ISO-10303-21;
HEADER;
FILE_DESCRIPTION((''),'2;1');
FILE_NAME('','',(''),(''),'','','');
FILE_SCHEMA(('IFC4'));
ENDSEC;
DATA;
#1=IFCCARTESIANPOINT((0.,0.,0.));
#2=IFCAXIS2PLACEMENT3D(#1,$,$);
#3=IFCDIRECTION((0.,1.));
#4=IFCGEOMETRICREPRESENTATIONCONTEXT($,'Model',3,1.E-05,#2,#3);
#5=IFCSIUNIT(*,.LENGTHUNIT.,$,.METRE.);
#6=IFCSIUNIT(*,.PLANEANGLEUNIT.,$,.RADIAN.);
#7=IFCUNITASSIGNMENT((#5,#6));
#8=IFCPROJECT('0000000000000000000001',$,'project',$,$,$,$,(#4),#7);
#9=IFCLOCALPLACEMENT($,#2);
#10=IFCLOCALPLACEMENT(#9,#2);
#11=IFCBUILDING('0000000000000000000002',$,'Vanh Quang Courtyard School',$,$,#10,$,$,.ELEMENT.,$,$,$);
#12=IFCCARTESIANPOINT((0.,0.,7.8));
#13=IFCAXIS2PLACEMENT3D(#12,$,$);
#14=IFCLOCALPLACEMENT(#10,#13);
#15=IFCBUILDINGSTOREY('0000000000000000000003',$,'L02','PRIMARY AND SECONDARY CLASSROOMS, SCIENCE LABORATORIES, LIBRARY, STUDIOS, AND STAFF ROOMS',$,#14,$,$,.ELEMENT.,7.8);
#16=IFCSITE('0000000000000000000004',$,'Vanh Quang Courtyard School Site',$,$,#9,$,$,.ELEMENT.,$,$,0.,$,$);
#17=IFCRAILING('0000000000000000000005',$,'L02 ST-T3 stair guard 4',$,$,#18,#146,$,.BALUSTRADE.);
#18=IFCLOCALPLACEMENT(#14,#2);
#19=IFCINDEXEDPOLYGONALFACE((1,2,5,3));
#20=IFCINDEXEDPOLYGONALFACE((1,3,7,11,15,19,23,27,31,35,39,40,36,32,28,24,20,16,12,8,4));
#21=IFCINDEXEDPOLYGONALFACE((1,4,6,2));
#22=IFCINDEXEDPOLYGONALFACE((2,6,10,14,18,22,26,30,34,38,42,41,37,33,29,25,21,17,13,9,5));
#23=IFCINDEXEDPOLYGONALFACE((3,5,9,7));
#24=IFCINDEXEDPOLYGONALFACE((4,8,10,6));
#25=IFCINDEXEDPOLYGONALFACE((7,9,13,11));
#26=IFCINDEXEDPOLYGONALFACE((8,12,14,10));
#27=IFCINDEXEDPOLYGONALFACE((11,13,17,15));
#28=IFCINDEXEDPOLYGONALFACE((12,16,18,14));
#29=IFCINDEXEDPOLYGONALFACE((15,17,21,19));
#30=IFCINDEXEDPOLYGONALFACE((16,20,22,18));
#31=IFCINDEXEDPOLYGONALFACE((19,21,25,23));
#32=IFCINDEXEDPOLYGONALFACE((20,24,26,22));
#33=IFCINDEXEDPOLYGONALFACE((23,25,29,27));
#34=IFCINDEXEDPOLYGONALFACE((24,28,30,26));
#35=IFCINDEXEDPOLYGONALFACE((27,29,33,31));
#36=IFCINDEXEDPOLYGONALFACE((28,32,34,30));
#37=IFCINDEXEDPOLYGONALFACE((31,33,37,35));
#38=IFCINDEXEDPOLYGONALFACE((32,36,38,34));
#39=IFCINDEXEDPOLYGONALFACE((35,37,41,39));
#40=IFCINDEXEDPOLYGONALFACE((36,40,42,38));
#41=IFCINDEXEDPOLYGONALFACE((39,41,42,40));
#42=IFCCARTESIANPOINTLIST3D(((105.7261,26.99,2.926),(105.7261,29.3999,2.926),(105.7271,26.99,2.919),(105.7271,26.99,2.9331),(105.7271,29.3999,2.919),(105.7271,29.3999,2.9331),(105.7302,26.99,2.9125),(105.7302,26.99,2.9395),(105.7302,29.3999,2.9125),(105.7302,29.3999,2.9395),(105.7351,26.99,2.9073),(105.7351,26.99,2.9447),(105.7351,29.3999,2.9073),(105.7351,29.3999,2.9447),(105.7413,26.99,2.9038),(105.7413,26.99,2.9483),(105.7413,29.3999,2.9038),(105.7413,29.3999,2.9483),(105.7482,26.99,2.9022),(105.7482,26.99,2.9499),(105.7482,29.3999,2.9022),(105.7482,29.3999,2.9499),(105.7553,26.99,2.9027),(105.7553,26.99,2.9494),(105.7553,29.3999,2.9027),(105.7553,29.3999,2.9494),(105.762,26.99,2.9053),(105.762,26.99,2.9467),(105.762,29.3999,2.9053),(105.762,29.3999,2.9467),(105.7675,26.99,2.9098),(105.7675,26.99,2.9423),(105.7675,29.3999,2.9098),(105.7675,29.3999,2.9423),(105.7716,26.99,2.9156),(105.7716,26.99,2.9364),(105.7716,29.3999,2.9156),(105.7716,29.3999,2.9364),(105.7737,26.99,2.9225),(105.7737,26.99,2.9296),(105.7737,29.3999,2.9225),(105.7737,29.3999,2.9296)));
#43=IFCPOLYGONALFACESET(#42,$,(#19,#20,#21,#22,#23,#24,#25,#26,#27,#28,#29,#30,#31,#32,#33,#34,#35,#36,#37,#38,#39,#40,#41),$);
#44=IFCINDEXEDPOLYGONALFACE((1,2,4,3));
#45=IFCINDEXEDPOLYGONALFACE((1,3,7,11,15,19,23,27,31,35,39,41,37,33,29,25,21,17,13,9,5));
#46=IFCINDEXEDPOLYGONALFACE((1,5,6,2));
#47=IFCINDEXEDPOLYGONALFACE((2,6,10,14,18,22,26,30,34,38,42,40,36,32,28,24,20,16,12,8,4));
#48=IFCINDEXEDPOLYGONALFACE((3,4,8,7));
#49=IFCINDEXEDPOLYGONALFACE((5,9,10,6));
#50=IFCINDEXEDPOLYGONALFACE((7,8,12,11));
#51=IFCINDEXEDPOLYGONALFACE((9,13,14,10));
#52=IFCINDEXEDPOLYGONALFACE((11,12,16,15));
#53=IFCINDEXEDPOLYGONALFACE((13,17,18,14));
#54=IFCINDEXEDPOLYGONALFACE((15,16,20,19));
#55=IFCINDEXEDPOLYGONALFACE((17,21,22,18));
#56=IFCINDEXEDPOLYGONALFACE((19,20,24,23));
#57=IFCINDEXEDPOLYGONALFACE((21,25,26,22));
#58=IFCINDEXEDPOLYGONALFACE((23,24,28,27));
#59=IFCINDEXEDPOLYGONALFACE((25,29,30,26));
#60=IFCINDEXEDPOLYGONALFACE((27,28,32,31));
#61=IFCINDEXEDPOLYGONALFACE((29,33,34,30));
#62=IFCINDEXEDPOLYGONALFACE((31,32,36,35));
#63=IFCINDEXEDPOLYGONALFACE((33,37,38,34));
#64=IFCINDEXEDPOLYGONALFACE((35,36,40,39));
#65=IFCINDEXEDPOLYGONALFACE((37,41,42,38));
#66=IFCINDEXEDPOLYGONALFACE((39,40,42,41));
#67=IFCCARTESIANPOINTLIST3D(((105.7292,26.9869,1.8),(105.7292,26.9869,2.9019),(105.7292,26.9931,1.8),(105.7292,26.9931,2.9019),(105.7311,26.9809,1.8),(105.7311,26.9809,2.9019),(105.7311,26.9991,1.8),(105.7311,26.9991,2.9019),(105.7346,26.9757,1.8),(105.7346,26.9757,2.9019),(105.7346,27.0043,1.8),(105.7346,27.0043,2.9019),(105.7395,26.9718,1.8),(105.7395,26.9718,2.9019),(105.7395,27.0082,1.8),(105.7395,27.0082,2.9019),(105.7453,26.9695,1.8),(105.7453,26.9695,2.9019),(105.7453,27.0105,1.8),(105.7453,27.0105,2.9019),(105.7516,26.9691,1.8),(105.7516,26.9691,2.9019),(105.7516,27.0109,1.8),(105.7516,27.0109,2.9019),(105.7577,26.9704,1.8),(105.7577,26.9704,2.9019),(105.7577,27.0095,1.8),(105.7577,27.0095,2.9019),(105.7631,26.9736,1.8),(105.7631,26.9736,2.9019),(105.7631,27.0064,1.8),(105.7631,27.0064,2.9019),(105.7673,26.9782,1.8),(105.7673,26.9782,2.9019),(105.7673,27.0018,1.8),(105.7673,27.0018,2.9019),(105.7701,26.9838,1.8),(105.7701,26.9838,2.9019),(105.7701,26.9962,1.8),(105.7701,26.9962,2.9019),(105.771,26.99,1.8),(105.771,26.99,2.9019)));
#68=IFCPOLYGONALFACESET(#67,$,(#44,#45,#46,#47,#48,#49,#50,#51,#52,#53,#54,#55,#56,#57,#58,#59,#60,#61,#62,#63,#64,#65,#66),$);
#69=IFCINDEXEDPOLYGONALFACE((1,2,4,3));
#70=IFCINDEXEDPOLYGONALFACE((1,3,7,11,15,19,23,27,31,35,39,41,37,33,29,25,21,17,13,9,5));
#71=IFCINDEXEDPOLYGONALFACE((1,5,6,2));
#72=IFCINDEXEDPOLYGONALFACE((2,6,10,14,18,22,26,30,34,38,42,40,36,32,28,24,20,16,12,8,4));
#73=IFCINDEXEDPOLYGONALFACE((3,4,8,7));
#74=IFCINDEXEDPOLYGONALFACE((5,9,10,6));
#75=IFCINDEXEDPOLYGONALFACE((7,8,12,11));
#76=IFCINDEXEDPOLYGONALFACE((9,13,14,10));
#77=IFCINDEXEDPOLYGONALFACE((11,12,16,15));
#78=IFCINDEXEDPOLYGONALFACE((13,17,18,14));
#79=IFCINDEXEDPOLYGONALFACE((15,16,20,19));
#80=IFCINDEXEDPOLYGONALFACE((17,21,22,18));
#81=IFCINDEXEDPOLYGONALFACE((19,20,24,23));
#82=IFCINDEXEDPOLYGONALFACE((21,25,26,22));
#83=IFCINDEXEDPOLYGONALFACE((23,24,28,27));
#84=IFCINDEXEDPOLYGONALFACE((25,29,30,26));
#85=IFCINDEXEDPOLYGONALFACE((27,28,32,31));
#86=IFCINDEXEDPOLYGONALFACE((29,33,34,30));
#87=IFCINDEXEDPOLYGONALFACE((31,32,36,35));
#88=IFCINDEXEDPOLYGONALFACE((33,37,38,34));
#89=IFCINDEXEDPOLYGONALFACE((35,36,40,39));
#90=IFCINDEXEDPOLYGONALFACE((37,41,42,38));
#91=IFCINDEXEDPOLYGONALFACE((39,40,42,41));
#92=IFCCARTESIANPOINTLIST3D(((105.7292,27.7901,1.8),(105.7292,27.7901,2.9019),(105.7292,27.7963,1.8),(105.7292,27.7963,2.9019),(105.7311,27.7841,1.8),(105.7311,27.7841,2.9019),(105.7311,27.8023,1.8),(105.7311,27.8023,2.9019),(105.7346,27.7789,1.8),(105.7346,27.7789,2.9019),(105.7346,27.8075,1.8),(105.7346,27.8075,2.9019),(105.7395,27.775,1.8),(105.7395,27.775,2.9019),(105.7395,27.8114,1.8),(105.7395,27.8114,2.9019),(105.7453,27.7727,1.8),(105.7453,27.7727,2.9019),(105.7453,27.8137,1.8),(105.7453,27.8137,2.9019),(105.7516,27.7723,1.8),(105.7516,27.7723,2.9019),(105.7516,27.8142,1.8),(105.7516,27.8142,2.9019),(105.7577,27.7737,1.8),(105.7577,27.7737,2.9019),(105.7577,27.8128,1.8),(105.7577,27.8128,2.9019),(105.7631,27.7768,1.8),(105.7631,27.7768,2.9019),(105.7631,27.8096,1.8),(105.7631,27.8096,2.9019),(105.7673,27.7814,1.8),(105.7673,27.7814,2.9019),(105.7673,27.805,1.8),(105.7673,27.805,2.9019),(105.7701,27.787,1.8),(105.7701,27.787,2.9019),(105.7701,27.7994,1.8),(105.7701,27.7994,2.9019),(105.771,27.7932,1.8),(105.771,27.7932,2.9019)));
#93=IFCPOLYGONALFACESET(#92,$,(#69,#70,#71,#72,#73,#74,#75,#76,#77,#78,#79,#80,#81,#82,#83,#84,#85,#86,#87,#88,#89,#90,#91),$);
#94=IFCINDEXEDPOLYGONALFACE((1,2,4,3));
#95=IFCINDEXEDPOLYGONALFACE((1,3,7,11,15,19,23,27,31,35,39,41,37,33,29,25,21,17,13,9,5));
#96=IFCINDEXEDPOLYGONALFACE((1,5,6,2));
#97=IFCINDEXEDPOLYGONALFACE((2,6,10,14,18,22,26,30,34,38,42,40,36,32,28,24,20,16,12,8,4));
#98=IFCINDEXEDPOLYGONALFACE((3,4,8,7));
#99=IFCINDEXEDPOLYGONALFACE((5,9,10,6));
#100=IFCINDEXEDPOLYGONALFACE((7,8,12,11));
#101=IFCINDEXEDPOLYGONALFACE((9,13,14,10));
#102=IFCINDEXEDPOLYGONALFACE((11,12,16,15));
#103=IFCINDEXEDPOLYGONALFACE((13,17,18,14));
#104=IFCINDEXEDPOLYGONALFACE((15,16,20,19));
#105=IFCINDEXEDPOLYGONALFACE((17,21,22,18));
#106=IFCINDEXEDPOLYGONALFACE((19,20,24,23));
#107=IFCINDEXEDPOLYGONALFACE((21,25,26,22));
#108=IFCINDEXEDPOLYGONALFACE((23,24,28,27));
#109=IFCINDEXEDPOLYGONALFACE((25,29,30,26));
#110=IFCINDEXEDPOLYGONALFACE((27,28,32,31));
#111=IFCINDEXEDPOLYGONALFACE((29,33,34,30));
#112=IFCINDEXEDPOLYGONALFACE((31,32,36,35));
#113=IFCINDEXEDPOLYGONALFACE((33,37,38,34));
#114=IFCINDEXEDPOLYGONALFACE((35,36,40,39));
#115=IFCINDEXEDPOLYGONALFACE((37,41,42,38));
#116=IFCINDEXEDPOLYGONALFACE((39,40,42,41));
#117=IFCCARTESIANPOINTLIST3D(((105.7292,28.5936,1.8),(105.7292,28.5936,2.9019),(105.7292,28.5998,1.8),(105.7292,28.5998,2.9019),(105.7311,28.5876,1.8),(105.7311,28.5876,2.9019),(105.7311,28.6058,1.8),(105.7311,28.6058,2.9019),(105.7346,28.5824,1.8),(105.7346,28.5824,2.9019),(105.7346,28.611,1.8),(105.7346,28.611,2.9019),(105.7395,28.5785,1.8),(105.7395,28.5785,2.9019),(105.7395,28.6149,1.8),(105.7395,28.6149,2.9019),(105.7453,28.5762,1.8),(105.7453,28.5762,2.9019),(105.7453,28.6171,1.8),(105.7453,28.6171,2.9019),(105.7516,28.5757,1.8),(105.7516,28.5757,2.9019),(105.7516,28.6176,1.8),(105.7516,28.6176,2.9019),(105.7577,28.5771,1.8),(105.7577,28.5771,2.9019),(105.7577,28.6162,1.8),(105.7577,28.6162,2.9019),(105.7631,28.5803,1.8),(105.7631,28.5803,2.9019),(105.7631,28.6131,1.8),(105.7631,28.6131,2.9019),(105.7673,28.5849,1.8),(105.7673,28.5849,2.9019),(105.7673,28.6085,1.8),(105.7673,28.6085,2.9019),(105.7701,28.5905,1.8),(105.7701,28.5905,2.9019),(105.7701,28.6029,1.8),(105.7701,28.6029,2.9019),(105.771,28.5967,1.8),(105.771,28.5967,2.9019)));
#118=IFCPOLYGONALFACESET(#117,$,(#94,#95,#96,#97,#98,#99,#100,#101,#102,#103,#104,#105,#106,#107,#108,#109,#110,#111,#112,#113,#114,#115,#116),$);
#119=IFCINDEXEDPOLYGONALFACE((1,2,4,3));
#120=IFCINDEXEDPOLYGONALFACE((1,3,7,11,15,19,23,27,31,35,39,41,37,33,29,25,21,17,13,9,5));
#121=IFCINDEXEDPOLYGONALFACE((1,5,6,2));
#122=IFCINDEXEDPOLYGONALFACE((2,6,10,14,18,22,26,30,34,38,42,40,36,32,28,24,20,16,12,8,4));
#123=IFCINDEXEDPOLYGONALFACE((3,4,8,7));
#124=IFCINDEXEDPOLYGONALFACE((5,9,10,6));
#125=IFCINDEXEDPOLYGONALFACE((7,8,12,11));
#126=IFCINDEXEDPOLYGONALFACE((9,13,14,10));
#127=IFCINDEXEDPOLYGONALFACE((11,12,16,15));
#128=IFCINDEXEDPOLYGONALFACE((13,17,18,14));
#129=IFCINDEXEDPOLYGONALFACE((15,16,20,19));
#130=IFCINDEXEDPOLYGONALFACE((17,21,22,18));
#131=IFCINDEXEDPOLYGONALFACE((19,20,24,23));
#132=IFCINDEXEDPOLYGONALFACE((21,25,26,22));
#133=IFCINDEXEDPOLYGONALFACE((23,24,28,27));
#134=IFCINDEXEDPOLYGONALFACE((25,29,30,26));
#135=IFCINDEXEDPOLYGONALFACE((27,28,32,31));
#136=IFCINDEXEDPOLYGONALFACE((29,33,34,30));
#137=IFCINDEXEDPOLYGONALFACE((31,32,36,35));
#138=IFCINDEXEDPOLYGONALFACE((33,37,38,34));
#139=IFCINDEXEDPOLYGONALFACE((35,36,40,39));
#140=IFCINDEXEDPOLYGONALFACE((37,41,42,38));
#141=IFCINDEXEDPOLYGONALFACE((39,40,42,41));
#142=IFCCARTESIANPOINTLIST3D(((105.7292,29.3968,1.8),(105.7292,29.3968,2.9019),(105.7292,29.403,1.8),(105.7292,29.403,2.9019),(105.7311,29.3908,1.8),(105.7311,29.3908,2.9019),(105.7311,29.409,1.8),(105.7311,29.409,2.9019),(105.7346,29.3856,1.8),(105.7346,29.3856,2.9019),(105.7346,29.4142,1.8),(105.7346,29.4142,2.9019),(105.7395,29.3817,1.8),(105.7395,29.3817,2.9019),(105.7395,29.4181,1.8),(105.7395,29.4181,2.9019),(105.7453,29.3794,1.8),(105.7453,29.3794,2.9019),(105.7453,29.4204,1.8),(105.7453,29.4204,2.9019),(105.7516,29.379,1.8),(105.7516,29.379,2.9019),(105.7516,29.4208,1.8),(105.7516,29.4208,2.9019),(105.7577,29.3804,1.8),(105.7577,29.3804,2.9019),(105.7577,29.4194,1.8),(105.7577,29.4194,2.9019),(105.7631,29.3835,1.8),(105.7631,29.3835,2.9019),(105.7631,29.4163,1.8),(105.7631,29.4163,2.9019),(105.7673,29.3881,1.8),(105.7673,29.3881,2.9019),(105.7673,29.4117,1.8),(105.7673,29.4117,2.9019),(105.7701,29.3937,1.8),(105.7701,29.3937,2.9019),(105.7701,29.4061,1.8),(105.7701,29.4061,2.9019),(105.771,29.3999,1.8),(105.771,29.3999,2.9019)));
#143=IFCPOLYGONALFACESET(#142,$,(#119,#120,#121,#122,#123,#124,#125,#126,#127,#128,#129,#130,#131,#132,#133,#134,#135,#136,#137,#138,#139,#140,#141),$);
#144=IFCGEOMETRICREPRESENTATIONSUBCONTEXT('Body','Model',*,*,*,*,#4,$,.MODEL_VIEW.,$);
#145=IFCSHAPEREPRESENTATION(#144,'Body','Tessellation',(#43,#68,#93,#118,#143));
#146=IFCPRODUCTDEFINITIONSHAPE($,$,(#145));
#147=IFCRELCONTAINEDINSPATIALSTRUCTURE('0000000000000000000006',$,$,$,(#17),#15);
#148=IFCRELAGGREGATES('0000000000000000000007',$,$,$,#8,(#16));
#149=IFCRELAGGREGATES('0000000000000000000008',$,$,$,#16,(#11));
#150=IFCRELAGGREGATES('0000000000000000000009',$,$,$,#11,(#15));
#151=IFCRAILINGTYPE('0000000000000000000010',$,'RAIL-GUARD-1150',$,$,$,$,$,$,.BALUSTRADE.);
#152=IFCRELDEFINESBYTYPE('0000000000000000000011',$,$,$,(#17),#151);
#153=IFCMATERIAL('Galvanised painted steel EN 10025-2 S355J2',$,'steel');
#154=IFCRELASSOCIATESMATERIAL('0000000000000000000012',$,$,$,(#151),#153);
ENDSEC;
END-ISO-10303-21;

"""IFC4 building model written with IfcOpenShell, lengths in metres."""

from ifc_helpers import new_model, si_unit, direction, frame, origin, origin_2d, place, context, subcontext, project, spatial, circle, extrude, material, type_object, element, save


model = new_model("IFC4")

# Units and contexts
model_context = context("Model", 3, precision=1e-05, world=origin(), true_north=direction((0.0, 1.0)))
body_context = subcontext(model_context, "Body", "Model", "MODEL_VIEW")
ifc_project = project(units=[si_unit("LENGTHUNIT", "METRE"), si_unit("PLANEANGLEUNIT", "RADIAN")], contexts=[model_context])

# Site, building, storey
site_placement = place(None, origin())
site = spatial("IfcSite", under=ifc_project, at=site_placement, Name="Vanh Quang Courtyard School Site", CompositionType="ELEMENT", RefElevation=0.0)
building_placement = place(site_placement, origin())
building = spatial("IfcBuilding", under=site, at=building_placement, Name="Vanh Quang Courtyard School", CompositionType="ELEMENT")
storey_placement = place(building_placement, frame((0.0, 0.0, 7.8)))
storey = spatial("IfcBuildingStorey", under=building, at=storey_placement, Name="L02", Description="PRIMARY AND SECONDARY CLASSROOMS, SCIENCE LABORATORIES, LIBRARY, STUDIOS, AND STAFF ROOMS", CompositionType="ELEMENT", Elevation=7.8)

# Railing
ifc_material_1 = material(Name="Galvanised painted steel EN 10025-2 S355J2", Category="steel")
railing_type_1 = type_object("IfcRailingType", Name="RAIL-GUARD-1150", PredefinedType="BALUSTRADE", material=ifc_material_1)
for number, where, name in (
    (1, (105.75, 26.99, 1.8), "L02 ST-T3 stair guard 4"),
):
    element("IfcRailing", number, at=place(storey_placement, frame(where)), inside=storey, type_object=railing_type_1, Name=name, PredefinedType="BALUSTRADE", context=body_context, shape_type="SweptSolid", body=[
        extrude(circle(Radius=0.0239, at=origin_2d()), frame((0.0, 0.0, 1.126), z_axis=(0.0, 1.0, 0.0), x_axis=(-1.0, 0.0, 0.0)), (0.0, 0.0, 1.0), 2.4099),
        extrude(circle(Radius=0.021, at=origin_2d()), origin(), (0.0, 0.0, 1.0), 1.1018),
        extrude(circle(Radius=0.021, at=origin_2d()), frame((0.0, 0.8032, 0.0)), (0.0, 0.0, 1.0), 1.1018),
        extrude(circle(Radius=0.021, at=origin_2d()), frame((0.0, 1.6067, 0.0)), (0.0, 0.0, 1.0), 1.1018),
        extrude(circle(Radius=0.021, at=origin_2d()), frame((0.0, 2.4099, 0.0)), (0.0, 0.0, 1.0), 1.1018),
    ])

save(model, "model.ifc")
